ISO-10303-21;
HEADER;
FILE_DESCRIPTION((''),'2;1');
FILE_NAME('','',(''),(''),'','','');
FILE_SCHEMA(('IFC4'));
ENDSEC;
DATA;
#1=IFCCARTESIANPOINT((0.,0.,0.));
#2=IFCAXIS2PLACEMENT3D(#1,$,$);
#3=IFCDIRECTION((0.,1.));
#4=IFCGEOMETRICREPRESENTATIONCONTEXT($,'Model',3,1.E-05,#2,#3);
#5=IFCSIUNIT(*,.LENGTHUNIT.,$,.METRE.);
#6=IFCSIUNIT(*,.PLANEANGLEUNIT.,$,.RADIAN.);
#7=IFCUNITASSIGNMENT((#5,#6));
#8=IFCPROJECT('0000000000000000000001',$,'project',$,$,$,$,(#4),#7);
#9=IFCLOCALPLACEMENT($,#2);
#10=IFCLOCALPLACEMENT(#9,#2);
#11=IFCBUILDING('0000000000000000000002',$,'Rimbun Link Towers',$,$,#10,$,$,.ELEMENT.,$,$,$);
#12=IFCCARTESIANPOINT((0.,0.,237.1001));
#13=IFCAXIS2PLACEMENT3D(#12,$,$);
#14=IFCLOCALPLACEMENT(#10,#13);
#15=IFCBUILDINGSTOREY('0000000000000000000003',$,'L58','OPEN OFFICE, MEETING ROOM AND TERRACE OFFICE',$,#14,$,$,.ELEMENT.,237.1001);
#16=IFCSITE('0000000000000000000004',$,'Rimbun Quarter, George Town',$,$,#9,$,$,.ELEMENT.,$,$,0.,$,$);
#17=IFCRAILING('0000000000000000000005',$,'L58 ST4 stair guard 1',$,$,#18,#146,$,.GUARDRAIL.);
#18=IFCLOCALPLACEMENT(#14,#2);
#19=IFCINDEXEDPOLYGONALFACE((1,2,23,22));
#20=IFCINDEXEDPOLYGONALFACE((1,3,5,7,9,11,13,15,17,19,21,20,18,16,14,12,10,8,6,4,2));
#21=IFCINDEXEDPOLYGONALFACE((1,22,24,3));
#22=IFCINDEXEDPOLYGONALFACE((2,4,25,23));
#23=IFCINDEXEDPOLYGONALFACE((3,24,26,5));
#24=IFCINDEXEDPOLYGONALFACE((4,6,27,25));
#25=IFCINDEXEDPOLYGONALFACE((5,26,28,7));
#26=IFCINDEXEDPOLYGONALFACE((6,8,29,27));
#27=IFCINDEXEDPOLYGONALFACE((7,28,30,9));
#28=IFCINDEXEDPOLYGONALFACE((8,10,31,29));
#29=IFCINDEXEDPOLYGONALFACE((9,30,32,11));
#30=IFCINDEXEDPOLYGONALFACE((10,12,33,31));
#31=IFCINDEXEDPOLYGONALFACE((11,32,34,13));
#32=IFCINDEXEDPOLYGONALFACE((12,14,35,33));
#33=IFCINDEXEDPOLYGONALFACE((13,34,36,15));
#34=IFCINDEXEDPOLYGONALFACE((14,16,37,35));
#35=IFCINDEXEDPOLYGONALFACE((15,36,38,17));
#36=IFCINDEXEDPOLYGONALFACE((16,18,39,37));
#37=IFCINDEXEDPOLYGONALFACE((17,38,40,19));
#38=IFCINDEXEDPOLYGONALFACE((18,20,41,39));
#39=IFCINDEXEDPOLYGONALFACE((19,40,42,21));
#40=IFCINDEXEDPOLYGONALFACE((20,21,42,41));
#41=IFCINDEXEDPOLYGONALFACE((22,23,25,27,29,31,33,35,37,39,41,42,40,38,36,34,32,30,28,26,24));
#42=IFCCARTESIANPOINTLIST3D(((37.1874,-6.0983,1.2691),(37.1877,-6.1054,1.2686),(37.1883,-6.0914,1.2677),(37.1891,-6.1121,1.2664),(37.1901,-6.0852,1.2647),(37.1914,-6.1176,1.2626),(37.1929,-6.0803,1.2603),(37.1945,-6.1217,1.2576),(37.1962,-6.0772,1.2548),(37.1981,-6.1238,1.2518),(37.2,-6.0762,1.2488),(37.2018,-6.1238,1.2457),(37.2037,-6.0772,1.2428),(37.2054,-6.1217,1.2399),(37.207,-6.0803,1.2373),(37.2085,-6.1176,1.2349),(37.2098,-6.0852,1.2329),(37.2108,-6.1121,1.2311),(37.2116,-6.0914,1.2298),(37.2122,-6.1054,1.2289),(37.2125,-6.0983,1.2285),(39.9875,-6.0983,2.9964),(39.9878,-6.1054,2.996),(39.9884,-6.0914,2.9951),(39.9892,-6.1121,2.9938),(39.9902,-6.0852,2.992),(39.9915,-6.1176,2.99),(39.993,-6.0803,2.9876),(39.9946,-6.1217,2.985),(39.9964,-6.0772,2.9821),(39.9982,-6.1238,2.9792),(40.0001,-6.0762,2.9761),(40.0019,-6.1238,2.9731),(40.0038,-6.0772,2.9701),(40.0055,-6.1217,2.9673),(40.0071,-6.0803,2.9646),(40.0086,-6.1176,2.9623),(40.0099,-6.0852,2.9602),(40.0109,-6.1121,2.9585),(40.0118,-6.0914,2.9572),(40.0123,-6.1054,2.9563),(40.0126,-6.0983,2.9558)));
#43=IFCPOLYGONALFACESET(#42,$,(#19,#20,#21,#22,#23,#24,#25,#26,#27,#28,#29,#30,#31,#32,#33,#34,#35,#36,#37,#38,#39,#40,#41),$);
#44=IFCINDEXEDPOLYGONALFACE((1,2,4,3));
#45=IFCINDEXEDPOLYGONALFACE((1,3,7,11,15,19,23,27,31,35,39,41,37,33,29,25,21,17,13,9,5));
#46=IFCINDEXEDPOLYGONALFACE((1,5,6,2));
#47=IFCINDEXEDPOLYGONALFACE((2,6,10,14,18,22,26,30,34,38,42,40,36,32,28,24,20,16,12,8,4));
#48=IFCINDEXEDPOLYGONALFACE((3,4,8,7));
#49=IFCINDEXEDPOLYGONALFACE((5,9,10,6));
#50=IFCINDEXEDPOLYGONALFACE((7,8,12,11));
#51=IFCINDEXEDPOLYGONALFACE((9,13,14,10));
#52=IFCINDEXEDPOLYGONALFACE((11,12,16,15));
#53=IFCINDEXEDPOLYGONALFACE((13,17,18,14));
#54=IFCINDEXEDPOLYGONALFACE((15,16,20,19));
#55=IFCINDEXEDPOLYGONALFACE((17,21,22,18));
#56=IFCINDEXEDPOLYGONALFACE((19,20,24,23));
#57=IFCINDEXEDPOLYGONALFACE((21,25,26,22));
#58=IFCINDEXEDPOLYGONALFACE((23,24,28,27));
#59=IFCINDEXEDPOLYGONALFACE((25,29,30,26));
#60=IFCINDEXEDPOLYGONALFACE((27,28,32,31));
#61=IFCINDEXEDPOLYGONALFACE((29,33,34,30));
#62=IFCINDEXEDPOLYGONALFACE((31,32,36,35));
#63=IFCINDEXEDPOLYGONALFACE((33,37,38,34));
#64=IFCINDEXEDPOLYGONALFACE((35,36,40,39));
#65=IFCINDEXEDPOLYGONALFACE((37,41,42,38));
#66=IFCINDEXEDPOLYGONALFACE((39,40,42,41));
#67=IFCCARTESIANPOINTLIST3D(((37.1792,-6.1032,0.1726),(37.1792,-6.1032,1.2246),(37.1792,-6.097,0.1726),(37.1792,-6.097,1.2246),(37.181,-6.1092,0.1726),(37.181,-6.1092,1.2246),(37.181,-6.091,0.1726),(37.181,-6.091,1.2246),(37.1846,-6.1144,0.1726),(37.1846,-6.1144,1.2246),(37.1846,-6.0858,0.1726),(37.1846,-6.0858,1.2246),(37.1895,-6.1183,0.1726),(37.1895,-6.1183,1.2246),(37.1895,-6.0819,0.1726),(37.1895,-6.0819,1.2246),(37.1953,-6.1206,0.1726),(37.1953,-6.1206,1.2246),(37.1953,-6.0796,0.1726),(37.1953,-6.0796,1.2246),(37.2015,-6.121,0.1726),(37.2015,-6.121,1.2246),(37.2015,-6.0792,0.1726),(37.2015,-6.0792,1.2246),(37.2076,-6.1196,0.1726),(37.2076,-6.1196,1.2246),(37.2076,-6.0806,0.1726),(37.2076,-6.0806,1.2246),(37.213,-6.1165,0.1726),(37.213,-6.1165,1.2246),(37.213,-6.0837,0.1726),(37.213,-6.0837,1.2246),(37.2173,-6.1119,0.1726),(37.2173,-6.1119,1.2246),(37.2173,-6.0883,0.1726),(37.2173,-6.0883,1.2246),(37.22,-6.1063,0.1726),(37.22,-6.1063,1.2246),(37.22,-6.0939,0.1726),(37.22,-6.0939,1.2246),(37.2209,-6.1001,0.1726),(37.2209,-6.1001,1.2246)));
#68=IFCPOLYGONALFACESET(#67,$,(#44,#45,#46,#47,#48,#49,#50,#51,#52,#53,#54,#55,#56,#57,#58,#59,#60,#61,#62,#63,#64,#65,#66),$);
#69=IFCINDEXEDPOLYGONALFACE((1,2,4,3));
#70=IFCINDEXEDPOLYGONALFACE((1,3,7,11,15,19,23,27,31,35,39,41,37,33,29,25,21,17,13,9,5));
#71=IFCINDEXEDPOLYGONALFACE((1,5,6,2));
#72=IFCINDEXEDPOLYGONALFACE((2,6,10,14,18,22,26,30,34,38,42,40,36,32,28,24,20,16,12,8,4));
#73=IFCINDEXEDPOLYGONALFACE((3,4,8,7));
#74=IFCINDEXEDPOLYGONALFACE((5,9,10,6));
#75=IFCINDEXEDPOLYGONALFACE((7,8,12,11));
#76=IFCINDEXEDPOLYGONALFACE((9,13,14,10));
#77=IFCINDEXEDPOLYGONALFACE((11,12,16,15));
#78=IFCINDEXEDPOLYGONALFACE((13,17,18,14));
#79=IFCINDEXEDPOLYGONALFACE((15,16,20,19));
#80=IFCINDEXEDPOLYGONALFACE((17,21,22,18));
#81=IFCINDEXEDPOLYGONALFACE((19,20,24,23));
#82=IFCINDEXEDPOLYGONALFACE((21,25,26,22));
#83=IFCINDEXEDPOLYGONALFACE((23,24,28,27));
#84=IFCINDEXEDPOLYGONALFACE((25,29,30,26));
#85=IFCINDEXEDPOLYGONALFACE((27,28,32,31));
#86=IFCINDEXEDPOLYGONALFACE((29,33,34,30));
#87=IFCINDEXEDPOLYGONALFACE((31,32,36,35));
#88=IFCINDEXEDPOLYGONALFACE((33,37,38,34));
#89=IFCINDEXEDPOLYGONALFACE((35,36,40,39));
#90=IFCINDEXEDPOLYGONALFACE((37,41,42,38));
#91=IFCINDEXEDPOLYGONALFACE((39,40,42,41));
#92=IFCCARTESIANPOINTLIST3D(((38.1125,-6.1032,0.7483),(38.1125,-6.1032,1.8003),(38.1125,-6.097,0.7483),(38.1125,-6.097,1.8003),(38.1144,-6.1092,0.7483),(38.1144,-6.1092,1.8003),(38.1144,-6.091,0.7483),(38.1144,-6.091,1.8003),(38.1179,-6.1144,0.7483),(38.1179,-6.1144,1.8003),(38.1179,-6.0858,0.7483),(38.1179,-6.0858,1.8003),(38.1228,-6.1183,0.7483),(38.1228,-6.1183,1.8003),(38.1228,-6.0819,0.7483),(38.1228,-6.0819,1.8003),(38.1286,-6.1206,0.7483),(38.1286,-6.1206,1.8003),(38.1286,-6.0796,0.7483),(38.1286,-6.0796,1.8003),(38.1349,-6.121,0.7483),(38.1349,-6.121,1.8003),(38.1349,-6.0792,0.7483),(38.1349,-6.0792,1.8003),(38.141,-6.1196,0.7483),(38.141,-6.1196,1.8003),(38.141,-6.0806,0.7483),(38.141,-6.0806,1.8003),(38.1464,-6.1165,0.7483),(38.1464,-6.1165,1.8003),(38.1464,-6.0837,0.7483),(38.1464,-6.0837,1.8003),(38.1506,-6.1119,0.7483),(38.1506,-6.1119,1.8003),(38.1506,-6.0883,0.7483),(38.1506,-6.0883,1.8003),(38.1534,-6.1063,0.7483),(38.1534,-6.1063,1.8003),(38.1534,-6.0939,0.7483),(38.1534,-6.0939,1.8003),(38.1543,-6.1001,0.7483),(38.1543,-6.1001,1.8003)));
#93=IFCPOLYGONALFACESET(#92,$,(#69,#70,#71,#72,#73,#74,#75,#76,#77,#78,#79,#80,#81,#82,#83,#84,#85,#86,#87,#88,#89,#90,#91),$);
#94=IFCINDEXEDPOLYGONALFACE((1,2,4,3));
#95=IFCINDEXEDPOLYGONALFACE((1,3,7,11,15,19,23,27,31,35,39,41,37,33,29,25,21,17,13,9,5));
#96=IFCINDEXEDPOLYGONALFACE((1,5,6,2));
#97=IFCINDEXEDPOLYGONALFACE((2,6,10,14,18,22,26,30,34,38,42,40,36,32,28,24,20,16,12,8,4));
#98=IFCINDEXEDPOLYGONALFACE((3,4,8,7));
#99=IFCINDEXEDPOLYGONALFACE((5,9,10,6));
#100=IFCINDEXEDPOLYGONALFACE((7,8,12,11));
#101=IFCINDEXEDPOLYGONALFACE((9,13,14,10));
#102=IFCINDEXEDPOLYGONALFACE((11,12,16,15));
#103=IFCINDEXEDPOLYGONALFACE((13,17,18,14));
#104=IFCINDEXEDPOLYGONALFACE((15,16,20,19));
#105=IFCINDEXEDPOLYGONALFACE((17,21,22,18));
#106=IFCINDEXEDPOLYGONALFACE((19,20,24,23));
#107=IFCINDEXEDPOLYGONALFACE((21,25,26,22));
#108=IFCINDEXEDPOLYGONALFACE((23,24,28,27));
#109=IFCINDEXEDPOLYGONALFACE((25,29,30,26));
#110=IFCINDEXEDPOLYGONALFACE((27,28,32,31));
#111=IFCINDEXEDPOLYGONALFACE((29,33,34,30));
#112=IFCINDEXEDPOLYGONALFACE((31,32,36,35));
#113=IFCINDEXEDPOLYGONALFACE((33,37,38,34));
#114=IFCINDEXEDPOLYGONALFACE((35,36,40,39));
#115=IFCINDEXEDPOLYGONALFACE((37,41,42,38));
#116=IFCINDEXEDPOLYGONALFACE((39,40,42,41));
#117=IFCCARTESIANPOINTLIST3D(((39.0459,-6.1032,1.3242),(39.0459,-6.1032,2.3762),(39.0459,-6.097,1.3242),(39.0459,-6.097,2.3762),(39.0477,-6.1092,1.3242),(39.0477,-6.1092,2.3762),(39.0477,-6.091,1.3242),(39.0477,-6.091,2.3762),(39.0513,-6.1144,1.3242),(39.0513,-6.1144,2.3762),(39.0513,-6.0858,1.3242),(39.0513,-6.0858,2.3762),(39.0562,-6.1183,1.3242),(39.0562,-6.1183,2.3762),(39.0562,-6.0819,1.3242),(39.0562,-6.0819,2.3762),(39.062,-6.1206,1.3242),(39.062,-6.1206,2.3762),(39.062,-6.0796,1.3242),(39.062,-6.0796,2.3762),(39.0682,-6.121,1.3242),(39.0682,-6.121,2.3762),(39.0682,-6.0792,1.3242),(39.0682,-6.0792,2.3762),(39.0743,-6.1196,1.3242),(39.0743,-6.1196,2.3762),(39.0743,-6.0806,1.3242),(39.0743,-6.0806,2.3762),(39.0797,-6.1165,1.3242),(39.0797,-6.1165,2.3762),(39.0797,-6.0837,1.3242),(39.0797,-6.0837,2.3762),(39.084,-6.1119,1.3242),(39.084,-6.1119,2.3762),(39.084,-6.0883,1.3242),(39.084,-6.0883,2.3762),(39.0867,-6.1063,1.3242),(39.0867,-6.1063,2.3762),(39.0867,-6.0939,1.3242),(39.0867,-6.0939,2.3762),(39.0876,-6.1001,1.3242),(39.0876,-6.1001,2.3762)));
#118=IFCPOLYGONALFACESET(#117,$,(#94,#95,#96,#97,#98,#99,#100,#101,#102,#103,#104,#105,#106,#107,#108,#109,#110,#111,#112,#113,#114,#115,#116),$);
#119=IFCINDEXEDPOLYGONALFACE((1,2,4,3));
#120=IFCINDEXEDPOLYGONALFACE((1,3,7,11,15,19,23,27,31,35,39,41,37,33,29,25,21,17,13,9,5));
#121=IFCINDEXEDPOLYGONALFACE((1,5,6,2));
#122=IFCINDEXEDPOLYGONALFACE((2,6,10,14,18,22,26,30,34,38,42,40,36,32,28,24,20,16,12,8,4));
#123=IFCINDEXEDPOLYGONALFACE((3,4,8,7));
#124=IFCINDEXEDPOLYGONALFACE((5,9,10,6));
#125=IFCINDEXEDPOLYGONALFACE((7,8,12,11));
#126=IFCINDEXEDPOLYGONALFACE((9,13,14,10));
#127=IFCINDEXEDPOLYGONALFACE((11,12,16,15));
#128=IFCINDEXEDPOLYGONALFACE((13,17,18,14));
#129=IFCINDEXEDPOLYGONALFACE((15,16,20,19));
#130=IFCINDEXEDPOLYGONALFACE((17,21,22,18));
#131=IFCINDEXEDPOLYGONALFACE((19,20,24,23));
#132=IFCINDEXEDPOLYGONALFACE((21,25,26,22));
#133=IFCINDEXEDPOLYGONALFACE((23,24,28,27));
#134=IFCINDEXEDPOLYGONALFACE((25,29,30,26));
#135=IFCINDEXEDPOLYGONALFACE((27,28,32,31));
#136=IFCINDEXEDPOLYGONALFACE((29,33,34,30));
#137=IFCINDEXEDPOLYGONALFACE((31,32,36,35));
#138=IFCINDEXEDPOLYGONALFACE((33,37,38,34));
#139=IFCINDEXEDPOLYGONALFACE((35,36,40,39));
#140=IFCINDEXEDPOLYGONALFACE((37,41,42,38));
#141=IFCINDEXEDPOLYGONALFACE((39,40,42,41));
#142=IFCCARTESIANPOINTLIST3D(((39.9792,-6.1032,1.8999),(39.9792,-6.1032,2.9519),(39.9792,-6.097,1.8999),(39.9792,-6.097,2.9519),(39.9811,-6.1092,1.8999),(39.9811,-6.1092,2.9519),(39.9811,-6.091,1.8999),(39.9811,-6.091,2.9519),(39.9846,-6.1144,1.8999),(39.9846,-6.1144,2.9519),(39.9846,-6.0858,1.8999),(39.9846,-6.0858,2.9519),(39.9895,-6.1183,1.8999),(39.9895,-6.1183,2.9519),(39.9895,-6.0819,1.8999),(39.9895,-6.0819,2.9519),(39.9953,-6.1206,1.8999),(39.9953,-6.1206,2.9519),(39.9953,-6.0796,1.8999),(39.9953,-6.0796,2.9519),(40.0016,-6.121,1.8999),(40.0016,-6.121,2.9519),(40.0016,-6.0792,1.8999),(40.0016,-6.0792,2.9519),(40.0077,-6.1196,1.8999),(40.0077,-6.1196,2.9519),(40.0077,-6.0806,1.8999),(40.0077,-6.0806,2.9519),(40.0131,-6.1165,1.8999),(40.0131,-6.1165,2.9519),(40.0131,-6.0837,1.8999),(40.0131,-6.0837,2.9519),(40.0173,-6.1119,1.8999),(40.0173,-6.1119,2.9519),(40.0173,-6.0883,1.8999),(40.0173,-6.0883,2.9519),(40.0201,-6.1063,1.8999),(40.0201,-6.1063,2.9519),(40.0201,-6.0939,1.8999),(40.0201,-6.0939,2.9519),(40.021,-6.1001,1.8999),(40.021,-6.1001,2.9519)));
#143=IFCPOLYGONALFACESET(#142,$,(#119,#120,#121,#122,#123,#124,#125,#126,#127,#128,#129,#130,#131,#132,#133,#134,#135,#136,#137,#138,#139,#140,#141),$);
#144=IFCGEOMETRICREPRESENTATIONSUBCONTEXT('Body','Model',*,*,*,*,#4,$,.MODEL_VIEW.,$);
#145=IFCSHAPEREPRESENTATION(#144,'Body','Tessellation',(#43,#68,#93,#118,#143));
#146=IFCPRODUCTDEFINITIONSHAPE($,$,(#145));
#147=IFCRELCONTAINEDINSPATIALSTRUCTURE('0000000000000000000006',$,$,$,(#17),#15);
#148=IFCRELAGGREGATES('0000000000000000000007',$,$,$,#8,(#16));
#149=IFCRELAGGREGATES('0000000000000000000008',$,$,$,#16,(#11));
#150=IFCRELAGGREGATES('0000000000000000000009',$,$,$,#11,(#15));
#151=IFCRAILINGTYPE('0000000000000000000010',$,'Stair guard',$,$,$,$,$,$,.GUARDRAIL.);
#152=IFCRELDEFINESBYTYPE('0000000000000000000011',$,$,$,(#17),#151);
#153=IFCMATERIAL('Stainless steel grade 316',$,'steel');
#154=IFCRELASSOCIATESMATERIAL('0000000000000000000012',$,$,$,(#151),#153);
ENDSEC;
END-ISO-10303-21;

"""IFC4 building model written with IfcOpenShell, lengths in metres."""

from ifc_helpers import new_model, si_unit, direction, frame, origin, origin_2d, place, context, subcontext, project, spatial, circle, extrude, material, type_object, element, save


model = new_model("IFC4")

# Units and contexts
model_context = context("Model", 3, precision=1e-05, world=origin(), true_north=direction((0.0, 1.0)))
body_context = subcontext(model_context, "Body", "Model", "MODEL_VIEW")
ifc_project = project(units=[si_unit("LENGTHUNIT", "METRE"), si_unit("PLANEANGLEUNIT", "RADIAN")], contexts=[model_context])

# Site, building, storey
site_placement = place(None, origin())
site = spatial("IfcSite", under=ifc_project, at=site_placement, Name="Rimbun Quarter, George Town", CompositionType="ELEMENT", RefElevation=0.0)
building_placement = place(site_placement, origin())
building = spatial("IfcBuilding", under=site, at=building_placement, Name="Rimbun Link Towers", CompositionType="ELEMENT")
storey_placement = place(building_placement, frame((0.0, 0.0, 237.1001)))
storey = spatial("IfcBuildingStorey", under=building, at=storey_placement, Name="L58", Description="OPEN OFFICE, MEETING ROOM AND TERRACE OFFICE", CompositionType="ELEMENT", Elevation=237.1001)

# Railing
ifc_material_1 = material(Name="Stainless steel grade 316", Category="steel")
railing_type_1 = type_object("IfcRailingType", Name="Stair guard", PredefinedType="GUARDRAIL", material=ifc_material_1)
railing_1_placement = place(storey_placement, frame((37.2, -6.1001, 0.1726)))
element("IfcRailing", 1, at=railing_1_placement, inside=storey, type_object=railing_type_1, Name="L58 ST4 stair guard 1", PredefinedType="GUARDRAIL", context=body_context, shape_type="SweptSolid", body=[
    extrude(circle(Radius=0.0239, at=origin_2d()), frame((0.0, 0.0, 1.0762), z_axis=(0.85109, 0.0, 0.52502), x_axis=(0.0, 1.0, 0.0)), (0.0, 0.0, 1.0), 3.29),
    extrude(circle(Radius=0.021, at=origin_2d()), origin(), (0.0, 0.0, 1.0), 1.052),
    extrude(circle(Radius=0.021, at=origin_2d()), frame((0.9333, 0.0, 0.5757)), (0.0, 0.0, 1.0), 1.052),
    extrude(circle(Radius=0.021, at=origin_2d()), frame((1.8667, 0.0, 1.1516)), (0.0, 0.0, 1.0), 1.052),
    extrude(circle(Radius=0.021, at=origin_2d()), frame((2.8, 0.0, 1.7273)), (0.0, 0.0, 1.0), 1.052),
])

save(model, "model.ifc")
